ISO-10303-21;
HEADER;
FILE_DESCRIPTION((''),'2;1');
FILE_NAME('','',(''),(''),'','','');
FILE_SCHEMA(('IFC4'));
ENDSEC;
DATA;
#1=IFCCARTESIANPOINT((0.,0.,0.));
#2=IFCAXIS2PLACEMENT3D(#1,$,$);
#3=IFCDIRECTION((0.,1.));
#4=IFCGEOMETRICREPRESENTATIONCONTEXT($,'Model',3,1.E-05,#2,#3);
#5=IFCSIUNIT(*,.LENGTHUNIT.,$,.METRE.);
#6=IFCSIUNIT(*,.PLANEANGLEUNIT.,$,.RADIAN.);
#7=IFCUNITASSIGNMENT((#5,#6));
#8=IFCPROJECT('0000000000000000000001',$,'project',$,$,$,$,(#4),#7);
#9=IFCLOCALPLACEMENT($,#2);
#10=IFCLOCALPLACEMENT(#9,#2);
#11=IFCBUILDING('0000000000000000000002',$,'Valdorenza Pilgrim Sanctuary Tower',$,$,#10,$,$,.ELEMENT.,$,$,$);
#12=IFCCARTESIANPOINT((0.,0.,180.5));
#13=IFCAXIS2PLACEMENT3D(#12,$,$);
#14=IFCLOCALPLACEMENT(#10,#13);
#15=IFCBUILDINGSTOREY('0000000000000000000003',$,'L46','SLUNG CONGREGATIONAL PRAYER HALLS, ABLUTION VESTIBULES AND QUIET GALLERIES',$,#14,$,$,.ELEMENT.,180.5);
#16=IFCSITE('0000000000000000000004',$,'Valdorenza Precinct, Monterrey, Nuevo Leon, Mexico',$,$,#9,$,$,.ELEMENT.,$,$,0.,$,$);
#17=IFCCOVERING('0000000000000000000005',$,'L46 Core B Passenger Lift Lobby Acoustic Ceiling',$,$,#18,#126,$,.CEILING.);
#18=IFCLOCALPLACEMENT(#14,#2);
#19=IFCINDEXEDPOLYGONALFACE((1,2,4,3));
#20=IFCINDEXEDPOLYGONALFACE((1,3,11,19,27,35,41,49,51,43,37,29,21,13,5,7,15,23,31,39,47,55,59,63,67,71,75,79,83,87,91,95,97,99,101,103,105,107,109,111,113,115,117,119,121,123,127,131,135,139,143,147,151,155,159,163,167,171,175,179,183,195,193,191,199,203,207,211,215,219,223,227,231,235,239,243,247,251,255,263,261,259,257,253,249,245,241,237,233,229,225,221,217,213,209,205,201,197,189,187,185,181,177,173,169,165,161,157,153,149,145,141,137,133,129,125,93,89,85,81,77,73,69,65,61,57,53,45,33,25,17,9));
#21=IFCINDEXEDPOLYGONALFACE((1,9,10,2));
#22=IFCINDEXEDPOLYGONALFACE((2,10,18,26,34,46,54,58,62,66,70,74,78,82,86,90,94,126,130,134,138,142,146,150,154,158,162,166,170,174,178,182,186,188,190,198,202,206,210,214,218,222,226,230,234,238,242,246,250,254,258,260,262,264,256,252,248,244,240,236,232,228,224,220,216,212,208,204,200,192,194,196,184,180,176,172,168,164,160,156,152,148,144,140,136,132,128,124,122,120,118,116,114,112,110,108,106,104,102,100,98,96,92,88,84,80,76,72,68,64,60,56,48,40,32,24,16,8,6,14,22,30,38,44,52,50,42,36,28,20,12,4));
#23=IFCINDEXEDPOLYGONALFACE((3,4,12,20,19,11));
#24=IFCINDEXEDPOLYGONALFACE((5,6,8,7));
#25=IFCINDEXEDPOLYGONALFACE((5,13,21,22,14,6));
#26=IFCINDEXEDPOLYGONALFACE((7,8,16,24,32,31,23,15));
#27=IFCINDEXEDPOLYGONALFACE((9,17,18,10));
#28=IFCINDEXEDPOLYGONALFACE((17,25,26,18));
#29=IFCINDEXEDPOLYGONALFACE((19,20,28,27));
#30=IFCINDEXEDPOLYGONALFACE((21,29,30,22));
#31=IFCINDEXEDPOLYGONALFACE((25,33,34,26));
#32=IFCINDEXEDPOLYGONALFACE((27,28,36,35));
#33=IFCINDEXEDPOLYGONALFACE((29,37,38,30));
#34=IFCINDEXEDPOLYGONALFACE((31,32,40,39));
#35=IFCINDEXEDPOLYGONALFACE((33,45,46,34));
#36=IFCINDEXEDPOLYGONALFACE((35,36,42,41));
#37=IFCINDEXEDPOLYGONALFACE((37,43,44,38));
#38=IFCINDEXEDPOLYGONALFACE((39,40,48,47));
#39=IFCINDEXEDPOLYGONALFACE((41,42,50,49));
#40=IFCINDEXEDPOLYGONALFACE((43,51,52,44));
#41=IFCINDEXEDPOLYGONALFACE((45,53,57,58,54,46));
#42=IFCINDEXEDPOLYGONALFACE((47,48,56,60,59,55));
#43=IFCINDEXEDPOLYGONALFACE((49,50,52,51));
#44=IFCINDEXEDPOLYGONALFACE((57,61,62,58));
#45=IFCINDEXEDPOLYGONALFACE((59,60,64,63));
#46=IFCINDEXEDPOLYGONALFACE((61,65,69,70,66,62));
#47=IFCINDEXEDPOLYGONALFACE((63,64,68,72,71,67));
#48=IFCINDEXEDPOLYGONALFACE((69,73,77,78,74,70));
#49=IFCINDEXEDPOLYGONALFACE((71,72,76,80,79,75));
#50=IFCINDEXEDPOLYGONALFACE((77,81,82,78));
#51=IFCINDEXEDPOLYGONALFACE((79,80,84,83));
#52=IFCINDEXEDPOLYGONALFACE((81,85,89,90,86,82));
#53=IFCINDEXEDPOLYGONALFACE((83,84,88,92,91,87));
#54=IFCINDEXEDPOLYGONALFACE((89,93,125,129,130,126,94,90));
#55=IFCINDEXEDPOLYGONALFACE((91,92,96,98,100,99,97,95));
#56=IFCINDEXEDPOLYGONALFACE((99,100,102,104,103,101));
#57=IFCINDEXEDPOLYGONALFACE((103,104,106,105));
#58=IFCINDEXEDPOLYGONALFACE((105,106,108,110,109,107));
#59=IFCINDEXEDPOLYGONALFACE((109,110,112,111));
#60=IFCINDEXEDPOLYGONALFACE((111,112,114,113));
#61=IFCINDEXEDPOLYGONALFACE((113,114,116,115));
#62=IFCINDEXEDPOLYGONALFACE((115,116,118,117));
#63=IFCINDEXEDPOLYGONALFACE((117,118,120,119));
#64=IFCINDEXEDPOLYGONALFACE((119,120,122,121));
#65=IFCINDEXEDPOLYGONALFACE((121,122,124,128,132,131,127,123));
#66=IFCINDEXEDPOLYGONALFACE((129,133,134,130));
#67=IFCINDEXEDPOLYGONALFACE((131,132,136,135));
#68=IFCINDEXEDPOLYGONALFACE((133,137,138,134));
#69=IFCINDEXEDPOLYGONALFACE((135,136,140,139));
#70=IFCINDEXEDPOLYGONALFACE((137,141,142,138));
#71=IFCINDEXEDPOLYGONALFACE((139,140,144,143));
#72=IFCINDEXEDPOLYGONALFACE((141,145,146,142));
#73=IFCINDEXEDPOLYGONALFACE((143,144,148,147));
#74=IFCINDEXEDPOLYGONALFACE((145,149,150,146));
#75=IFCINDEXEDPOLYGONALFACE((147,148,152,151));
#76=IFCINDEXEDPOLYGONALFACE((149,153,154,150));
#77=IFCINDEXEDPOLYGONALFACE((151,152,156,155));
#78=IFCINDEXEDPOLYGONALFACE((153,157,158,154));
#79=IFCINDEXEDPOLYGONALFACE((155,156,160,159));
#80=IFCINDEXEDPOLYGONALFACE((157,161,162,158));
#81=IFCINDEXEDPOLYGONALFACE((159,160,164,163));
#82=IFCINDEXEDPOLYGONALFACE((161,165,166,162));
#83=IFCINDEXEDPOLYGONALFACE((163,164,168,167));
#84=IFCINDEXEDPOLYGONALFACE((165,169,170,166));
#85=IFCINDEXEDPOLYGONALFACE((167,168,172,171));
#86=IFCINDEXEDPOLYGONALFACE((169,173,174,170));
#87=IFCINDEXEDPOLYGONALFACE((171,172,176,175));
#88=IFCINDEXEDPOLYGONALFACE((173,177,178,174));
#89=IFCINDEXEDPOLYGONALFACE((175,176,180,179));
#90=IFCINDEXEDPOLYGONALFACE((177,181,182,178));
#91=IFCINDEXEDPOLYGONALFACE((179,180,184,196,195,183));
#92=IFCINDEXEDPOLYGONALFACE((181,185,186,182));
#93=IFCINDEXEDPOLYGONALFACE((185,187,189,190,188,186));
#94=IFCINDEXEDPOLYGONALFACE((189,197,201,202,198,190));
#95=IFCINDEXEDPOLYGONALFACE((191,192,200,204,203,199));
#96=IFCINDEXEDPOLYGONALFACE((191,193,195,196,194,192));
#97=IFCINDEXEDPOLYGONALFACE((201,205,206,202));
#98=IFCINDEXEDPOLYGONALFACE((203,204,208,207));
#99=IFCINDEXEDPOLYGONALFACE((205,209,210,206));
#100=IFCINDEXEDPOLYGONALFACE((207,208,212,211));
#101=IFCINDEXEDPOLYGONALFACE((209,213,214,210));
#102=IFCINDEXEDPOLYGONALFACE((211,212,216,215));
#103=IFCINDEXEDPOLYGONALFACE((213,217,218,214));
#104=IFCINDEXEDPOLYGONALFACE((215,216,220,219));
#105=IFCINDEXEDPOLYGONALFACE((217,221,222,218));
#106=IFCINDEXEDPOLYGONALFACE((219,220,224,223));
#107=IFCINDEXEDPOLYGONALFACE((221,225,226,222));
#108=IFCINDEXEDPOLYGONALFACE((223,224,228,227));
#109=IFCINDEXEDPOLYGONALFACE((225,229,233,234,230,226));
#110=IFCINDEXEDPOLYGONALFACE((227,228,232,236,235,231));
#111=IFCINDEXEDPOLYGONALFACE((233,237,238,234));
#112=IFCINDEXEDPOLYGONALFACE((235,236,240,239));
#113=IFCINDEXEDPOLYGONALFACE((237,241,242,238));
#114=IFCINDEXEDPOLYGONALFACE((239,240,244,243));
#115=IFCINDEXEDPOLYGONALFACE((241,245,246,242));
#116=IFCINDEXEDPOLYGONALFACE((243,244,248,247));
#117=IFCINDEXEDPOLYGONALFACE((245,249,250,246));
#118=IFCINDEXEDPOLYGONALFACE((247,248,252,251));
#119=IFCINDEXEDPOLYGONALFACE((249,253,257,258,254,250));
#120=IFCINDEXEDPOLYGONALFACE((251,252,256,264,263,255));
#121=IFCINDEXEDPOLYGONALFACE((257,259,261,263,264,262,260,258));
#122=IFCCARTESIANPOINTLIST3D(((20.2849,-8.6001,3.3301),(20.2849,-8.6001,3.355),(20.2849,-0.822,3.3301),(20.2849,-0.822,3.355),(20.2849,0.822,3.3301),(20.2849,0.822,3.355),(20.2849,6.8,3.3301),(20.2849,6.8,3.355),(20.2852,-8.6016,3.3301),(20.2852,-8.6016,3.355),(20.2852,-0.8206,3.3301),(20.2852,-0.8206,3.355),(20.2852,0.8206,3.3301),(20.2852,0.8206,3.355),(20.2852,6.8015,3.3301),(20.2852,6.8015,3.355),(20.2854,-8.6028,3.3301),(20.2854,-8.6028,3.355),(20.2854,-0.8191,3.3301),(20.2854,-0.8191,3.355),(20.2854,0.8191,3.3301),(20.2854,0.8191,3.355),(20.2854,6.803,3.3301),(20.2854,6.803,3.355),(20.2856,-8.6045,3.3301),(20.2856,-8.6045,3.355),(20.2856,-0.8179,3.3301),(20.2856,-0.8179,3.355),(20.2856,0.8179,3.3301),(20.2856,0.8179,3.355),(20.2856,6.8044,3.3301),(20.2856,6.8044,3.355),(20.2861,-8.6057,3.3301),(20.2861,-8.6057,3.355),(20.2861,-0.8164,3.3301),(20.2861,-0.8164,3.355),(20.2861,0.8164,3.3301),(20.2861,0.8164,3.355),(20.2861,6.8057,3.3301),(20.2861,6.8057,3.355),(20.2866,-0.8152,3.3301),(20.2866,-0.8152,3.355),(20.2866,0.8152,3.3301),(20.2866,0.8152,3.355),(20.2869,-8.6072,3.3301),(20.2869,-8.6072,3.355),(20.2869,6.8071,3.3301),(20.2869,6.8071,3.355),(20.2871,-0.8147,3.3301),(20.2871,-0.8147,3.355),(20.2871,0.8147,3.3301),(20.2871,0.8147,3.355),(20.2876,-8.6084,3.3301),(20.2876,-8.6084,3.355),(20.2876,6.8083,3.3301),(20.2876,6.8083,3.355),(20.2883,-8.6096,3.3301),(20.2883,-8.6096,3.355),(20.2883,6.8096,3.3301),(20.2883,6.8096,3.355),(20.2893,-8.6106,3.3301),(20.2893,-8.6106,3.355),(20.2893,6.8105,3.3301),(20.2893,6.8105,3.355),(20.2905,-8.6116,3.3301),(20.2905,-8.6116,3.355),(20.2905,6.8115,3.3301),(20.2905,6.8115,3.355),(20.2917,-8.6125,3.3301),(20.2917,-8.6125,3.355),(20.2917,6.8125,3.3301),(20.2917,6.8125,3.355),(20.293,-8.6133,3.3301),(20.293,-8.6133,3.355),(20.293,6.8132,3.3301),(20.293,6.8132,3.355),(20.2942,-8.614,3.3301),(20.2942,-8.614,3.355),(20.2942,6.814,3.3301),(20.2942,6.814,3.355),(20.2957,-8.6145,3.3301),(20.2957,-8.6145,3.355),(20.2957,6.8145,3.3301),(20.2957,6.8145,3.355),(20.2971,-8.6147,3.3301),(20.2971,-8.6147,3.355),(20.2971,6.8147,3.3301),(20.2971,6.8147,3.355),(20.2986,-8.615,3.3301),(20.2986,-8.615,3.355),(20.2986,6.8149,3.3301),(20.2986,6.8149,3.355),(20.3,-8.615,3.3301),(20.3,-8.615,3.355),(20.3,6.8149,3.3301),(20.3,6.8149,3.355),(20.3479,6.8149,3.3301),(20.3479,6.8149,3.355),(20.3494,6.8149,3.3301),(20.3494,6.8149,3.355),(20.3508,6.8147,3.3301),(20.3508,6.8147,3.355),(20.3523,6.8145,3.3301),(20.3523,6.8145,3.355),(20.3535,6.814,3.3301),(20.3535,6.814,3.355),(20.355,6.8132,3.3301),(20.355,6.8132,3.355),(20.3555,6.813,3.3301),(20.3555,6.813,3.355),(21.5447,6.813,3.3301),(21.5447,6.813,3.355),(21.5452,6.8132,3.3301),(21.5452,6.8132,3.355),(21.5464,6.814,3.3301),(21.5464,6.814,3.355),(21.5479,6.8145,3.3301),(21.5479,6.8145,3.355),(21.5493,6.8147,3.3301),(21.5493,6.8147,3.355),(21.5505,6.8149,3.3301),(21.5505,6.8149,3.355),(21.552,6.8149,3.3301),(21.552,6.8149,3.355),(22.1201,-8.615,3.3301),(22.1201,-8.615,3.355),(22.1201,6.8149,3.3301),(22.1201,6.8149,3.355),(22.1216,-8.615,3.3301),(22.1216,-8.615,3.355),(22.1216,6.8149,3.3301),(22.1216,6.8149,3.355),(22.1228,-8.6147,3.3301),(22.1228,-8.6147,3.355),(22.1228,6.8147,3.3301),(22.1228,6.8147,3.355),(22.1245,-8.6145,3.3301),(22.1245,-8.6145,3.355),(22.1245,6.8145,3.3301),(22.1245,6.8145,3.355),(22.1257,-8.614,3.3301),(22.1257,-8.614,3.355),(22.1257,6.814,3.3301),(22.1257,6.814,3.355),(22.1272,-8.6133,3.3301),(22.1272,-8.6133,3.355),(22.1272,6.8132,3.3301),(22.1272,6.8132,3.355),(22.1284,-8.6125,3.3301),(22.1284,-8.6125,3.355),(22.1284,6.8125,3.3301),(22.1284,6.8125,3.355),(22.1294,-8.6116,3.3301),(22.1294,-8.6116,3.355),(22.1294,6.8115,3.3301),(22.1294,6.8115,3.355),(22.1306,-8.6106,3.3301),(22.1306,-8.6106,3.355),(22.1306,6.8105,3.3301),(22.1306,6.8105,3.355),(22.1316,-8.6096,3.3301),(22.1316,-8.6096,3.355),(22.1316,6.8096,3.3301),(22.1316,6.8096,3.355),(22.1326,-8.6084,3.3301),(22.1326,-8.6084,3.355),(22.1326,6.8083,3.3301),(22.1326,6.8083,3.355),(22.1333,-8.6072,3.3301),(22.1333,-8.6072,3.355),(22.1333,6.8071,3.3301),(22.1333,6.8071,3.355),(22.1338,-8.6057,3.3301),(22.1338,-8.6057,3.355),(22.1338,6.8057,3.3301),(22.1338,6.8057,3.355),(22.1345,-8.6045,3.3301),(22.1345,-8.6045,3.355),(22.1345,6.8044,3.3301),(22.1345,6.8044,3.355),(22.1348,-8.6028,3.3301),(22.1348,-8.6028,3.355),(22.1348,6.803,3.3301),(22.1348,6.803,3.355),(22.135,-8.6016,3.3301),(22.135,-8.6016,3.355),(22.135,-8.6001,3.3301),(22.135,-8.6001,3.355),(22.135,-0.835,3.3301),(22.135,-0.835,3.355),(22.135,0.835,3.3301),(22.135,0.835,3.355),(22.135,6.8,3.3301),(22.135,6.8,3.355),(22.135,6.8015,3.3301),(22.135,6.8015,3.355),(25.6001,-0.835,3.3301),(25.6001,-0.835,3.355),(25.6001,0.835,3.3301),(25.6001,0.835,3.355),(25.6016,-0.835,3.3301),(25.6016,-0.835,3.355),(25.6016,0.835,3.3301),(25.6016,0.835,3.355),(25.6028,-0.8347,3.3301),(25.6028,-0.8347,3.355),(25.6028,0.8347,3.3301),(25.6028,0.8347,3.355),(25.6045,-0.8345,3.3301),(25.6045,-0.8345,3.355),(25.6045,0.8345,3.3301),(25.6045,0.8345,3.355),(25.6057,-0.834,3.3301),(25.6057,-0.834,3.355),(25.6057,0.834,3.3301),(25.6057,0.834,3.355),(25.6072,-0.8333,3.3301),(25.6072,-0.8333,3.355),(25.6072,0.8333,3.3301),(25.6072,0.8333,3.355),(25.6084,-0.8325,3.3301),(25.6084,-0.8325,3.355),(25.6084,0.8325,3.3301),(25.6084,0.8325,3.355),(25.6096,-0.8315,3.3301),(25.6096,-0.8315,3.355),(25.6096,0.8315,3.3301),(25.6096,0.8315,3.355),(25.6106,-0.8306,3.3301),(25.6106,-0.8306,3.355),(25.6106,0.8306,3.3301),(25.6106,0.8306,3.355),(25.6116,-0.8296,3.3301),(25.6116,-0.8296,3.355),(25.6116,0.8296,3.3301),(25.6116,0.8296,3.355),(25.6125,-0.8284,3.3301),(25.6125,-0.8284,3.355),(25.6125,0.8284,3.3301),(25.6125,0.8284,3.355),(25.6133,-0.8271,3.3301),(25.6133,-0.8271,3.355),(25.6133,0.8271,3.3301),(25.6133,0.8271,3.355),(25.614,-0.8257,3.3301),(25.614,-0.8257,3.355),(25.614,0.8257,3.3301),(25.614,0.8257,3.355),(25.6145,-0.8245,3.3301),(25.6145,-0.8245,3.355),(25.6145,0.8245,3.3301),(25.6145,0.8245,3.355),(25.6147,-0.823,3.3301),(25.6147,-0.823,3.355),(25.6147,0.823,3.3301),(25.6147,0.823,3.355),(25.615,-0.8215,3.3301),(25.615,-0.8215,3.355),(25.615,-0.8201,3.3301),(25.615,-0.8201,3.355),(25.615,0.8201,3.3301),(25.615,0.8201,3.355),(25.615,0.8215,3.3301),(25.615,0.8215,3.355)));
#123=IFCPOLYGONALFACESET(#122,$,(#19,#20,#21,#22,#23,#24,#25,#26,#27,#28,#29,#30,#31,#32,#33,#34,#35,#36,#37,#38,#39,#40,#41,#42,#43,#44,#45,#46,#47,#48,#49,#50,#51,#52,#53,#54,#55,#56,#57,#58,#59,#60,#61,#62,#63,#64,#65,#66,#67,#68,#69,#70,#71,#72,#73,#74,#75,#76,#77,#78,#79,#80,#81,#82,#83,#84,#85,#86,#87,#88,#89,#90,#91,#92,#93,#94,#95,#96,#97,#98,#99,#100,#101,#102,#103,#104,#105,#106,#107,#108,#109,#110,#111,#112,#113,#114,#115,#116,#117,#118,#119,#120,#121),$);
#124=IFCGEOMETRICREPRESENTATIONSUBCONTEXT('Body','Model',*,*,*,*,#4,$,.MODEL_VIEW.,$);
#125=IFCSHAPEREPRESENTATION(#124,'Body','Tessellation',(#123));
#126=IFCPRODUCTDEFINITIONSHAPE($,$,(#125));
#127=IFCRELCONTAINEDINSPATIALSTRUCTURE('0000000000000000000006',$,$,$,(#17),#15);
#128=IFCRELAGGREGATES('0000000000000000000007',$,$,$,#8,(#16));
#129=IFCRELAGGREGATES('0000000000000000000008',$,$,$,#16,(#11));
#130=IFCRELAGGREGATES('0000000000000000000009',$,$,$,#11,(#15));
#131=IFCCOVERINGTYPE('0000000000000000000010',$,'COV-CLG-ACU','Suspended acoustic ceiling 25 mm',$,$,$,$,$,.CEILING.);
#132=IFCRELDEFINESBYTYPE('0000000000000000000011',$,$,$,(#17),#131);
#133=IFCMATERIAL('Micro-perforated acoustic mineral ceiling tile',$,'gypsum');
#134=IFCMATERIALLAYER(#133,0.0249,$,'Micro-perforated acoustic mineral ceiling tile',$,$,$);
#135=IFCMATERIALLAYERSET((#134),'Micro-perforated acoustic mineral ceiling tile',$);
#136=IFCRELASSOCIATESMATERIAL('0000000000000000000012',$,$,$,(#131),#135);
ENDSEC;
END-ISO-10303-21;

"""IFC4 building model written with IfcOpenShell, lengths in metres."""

from ifc_helpers import new_model, si_unit, direction, frame, origin, place, context, subcontext, project, spatial, polyline, outline, extrude, material, layer, layer_set, type_object, element, save


model = new_model("IFC4")

# Units and contexts
model_context = context("Model", 3, precision=1e-05, world=origin(), true_north=direction((0.0, 1.0)))
body_context = subcontext(model_context, "Body", "Model", "MODEL_VIEW")
ifc_project = project(units=[si_unit("LENGTHUNIT", "METRE"), si_unit("PLANEANGLEUNIT", "RADIAN")], contexts=[model_context])

# Site, building, storey
site_placement = place(None, origin())
site = spatial("IfcSite", under=ifc_project, at=site_placement, Name="Valdorenza Precinct, Monterrey, Nuevo Leon, Mexico", CompositionType="ELEMENT", RefElevation=0.0)
building_placement = place(site_placement, origin())
building = spatial("IfcBuilding", under=site, at=building_placement, Name="Valdorenza Pilgrim Sanctuary Tower", CompositionType="ELEMENT")
storey_placement = place(building_placement, frame((0.0, 0.0, 180.5)))
storey = spatial("IfcBuildingStorey", under=building, at=storey_placement, Name="L46", Description="SLUNG CONGREGATIONAL PRAYER HALLS, ABLUTION VESTIBULES AND QUIET GALLERIES", CompositionType="ELEMENT", Elevation=180.5)

# Covering
ifc_material_1 = material(Name="Micro-perforated acoustic mineral ceiling tile", Category="gypsum")
ifc_layer_1 = layer(ifc_material_1, 0.0249, Name="Micro-perforated acoustic mineral ceiling tile")
ifc_layer_set_1 = layer_set([ifc_layer_1], Name="Micro-perforated acoustic mineral ceiling tile")
covering_type_1 = type_object("IfcCoveringType", Name="COV-CLG-ACU", Description="Suspended acoustic ceiling 25 mm", PredefinedType="CEILING", material=ifc_layer_set_1)
covering_1_placement = place(storey_placement, frame((0.0, 0.0, 3.3301)))
element("IfcCovering", 1, at=covering_1_placement, inside=storey, type_object=covering_type_1, Name="L46 Core B Passenger Lift Lobby Acoustic Ceiling", PredefinedType="CEILING", context=body_context, shape_type="SweptSolid", body=[
    extrude(outline(polyline([(20.2871, -0.8147), (20.2871, 0.8147), (20.2866, 0.8152), (20.2861, 0.8164), (20.2856, 0.8179), (20.2854, 0.8191), (20.2852, 0.8206), (20.2849, 0.822), (20.2849, 6.8), (20.2852, 6.8015), (20.2854, 6.803), (20.2856, 6.8044), (20.2861, 6.8057), (20.2869, 6.8071), (20.2876, 6.8083), (20.2883, 6.8096), (20.2893, 6.8105), (20.2905, 6.8115), (20.2917, 6.8125), (20.293, 6.8132), (20.2942, 6.814), (20.2957, 6.8145), (20.2971, 6.8147), (20.2986, 6.8149), (20.3, 6.8149), (20.3479, 6.8149), (20.3494, 6.8149), (20.3508, 6.8147), (20.3523, 6.8145), (20.3535, 6.814), (20.355, 6.8132), (20.3555, 6.813), (21.5447, 6.813), (21.5452, 6.8132), (21.5464, 6.814), (21.5479, 6.8145), (21.5493, 6.8147), (21.5505, 6.8149), (21.552, 6.8149), (22.1201, 6.8149), (22.1216, 6.8149), (22.1228, 6.8147), (22.1245, 6.8145), (22.1257, 6.814), (22.1272, 6.8132), (22.1284, 6.8125), (22.1294, 6.8115), (22.1306, 6.8105), (22.1316, 6.8096), (22.1326, 6.8083), (22.1333, 6.8071), (22.1338, 6.8057), (22.1345, 6.8044), (22.1348, 6.803), (22.135, 6.8015), (22.135, 6.8), (22.135, 0.835), (25.6001, 0.835), (25.6016, 0.835), (25.6028, 0.8347), (25.6045, 0.8345), (25.6057, 0.834), (25.6072, 0.8333), (25.6084, 0.8325), (25.6096, 0.8315), (25.6106, 0.8306), (25.6116, 0.8296), (25.6125, 0.8284), (25.6133, 0.8271), (25.614, 0.8257), (25.6145, 0.8245), (25.6147, 0.823), (25.615, 0.8215), (25.615, 0.8201), (25.615, -0.8201), (25.615, -0.8215), (25.6147, -0.823), (25.6145, -0.8245), (25.614, -0.8257), (25.6133, -0.8271), (25.6125, -0.8284), (25.6116, -0.8296), (25.6106, -0.8306), (25.6096, -0.8315), (25.6084, -0.8325), (25.6072, -0.8333), (25.6057, -0.834), (25.6045, -0.8345), (25.6028, -0.8347), (25.6016, -0.835), (25.6001, -0.835), (22.135, -0.835), (22.135, -8.6001), (22.135, -8.6016), (22.1348, -8.6028), (22.1345, -8.6045), (22.1338, -8.6057), (22.1333, -8.6072), (22.1326, -8.6084), (22.1316, -8.6096), (22.1306, -8.6106), (22.1294, -8.6116), (22.1284, -8.6125), (22.1272, -8.6133), (22.1257, -8.614), (22.1245, -8.6145), (22.1228, -8.6147), (22.1216, -8.615), (22.1201, -8.615), (20.3, -8.615), (20.2986, -8.615), (20.2971, -8.6147), (20.2957, -8.6145), (20.2942, -8.614), (20.293, -8.6133), (20.2917, -8.6125), (20.2905, -8.6116), (20.2893, -8.6106), (20.2883, -8.6096), (20.2876, -8.6084), (20.2869, -8.6072), (20.2861, -8.6057), (20.2856, -8.6045), (20.2854, -8.6028), (20.2852, -8.6016), (20.2849, -8.6001), (20.2849, -0.822), (20.2852, -0.8206), (20.2854, -0.8191), (20.2856, -0.8179), (20.2861, -0.8164), (20.2866, -0.8152), (20.2871, -0.8147)])), origin(), (0.0, 0.0, 1.0), 0.0249),
])

save(model, "model.ifc")
